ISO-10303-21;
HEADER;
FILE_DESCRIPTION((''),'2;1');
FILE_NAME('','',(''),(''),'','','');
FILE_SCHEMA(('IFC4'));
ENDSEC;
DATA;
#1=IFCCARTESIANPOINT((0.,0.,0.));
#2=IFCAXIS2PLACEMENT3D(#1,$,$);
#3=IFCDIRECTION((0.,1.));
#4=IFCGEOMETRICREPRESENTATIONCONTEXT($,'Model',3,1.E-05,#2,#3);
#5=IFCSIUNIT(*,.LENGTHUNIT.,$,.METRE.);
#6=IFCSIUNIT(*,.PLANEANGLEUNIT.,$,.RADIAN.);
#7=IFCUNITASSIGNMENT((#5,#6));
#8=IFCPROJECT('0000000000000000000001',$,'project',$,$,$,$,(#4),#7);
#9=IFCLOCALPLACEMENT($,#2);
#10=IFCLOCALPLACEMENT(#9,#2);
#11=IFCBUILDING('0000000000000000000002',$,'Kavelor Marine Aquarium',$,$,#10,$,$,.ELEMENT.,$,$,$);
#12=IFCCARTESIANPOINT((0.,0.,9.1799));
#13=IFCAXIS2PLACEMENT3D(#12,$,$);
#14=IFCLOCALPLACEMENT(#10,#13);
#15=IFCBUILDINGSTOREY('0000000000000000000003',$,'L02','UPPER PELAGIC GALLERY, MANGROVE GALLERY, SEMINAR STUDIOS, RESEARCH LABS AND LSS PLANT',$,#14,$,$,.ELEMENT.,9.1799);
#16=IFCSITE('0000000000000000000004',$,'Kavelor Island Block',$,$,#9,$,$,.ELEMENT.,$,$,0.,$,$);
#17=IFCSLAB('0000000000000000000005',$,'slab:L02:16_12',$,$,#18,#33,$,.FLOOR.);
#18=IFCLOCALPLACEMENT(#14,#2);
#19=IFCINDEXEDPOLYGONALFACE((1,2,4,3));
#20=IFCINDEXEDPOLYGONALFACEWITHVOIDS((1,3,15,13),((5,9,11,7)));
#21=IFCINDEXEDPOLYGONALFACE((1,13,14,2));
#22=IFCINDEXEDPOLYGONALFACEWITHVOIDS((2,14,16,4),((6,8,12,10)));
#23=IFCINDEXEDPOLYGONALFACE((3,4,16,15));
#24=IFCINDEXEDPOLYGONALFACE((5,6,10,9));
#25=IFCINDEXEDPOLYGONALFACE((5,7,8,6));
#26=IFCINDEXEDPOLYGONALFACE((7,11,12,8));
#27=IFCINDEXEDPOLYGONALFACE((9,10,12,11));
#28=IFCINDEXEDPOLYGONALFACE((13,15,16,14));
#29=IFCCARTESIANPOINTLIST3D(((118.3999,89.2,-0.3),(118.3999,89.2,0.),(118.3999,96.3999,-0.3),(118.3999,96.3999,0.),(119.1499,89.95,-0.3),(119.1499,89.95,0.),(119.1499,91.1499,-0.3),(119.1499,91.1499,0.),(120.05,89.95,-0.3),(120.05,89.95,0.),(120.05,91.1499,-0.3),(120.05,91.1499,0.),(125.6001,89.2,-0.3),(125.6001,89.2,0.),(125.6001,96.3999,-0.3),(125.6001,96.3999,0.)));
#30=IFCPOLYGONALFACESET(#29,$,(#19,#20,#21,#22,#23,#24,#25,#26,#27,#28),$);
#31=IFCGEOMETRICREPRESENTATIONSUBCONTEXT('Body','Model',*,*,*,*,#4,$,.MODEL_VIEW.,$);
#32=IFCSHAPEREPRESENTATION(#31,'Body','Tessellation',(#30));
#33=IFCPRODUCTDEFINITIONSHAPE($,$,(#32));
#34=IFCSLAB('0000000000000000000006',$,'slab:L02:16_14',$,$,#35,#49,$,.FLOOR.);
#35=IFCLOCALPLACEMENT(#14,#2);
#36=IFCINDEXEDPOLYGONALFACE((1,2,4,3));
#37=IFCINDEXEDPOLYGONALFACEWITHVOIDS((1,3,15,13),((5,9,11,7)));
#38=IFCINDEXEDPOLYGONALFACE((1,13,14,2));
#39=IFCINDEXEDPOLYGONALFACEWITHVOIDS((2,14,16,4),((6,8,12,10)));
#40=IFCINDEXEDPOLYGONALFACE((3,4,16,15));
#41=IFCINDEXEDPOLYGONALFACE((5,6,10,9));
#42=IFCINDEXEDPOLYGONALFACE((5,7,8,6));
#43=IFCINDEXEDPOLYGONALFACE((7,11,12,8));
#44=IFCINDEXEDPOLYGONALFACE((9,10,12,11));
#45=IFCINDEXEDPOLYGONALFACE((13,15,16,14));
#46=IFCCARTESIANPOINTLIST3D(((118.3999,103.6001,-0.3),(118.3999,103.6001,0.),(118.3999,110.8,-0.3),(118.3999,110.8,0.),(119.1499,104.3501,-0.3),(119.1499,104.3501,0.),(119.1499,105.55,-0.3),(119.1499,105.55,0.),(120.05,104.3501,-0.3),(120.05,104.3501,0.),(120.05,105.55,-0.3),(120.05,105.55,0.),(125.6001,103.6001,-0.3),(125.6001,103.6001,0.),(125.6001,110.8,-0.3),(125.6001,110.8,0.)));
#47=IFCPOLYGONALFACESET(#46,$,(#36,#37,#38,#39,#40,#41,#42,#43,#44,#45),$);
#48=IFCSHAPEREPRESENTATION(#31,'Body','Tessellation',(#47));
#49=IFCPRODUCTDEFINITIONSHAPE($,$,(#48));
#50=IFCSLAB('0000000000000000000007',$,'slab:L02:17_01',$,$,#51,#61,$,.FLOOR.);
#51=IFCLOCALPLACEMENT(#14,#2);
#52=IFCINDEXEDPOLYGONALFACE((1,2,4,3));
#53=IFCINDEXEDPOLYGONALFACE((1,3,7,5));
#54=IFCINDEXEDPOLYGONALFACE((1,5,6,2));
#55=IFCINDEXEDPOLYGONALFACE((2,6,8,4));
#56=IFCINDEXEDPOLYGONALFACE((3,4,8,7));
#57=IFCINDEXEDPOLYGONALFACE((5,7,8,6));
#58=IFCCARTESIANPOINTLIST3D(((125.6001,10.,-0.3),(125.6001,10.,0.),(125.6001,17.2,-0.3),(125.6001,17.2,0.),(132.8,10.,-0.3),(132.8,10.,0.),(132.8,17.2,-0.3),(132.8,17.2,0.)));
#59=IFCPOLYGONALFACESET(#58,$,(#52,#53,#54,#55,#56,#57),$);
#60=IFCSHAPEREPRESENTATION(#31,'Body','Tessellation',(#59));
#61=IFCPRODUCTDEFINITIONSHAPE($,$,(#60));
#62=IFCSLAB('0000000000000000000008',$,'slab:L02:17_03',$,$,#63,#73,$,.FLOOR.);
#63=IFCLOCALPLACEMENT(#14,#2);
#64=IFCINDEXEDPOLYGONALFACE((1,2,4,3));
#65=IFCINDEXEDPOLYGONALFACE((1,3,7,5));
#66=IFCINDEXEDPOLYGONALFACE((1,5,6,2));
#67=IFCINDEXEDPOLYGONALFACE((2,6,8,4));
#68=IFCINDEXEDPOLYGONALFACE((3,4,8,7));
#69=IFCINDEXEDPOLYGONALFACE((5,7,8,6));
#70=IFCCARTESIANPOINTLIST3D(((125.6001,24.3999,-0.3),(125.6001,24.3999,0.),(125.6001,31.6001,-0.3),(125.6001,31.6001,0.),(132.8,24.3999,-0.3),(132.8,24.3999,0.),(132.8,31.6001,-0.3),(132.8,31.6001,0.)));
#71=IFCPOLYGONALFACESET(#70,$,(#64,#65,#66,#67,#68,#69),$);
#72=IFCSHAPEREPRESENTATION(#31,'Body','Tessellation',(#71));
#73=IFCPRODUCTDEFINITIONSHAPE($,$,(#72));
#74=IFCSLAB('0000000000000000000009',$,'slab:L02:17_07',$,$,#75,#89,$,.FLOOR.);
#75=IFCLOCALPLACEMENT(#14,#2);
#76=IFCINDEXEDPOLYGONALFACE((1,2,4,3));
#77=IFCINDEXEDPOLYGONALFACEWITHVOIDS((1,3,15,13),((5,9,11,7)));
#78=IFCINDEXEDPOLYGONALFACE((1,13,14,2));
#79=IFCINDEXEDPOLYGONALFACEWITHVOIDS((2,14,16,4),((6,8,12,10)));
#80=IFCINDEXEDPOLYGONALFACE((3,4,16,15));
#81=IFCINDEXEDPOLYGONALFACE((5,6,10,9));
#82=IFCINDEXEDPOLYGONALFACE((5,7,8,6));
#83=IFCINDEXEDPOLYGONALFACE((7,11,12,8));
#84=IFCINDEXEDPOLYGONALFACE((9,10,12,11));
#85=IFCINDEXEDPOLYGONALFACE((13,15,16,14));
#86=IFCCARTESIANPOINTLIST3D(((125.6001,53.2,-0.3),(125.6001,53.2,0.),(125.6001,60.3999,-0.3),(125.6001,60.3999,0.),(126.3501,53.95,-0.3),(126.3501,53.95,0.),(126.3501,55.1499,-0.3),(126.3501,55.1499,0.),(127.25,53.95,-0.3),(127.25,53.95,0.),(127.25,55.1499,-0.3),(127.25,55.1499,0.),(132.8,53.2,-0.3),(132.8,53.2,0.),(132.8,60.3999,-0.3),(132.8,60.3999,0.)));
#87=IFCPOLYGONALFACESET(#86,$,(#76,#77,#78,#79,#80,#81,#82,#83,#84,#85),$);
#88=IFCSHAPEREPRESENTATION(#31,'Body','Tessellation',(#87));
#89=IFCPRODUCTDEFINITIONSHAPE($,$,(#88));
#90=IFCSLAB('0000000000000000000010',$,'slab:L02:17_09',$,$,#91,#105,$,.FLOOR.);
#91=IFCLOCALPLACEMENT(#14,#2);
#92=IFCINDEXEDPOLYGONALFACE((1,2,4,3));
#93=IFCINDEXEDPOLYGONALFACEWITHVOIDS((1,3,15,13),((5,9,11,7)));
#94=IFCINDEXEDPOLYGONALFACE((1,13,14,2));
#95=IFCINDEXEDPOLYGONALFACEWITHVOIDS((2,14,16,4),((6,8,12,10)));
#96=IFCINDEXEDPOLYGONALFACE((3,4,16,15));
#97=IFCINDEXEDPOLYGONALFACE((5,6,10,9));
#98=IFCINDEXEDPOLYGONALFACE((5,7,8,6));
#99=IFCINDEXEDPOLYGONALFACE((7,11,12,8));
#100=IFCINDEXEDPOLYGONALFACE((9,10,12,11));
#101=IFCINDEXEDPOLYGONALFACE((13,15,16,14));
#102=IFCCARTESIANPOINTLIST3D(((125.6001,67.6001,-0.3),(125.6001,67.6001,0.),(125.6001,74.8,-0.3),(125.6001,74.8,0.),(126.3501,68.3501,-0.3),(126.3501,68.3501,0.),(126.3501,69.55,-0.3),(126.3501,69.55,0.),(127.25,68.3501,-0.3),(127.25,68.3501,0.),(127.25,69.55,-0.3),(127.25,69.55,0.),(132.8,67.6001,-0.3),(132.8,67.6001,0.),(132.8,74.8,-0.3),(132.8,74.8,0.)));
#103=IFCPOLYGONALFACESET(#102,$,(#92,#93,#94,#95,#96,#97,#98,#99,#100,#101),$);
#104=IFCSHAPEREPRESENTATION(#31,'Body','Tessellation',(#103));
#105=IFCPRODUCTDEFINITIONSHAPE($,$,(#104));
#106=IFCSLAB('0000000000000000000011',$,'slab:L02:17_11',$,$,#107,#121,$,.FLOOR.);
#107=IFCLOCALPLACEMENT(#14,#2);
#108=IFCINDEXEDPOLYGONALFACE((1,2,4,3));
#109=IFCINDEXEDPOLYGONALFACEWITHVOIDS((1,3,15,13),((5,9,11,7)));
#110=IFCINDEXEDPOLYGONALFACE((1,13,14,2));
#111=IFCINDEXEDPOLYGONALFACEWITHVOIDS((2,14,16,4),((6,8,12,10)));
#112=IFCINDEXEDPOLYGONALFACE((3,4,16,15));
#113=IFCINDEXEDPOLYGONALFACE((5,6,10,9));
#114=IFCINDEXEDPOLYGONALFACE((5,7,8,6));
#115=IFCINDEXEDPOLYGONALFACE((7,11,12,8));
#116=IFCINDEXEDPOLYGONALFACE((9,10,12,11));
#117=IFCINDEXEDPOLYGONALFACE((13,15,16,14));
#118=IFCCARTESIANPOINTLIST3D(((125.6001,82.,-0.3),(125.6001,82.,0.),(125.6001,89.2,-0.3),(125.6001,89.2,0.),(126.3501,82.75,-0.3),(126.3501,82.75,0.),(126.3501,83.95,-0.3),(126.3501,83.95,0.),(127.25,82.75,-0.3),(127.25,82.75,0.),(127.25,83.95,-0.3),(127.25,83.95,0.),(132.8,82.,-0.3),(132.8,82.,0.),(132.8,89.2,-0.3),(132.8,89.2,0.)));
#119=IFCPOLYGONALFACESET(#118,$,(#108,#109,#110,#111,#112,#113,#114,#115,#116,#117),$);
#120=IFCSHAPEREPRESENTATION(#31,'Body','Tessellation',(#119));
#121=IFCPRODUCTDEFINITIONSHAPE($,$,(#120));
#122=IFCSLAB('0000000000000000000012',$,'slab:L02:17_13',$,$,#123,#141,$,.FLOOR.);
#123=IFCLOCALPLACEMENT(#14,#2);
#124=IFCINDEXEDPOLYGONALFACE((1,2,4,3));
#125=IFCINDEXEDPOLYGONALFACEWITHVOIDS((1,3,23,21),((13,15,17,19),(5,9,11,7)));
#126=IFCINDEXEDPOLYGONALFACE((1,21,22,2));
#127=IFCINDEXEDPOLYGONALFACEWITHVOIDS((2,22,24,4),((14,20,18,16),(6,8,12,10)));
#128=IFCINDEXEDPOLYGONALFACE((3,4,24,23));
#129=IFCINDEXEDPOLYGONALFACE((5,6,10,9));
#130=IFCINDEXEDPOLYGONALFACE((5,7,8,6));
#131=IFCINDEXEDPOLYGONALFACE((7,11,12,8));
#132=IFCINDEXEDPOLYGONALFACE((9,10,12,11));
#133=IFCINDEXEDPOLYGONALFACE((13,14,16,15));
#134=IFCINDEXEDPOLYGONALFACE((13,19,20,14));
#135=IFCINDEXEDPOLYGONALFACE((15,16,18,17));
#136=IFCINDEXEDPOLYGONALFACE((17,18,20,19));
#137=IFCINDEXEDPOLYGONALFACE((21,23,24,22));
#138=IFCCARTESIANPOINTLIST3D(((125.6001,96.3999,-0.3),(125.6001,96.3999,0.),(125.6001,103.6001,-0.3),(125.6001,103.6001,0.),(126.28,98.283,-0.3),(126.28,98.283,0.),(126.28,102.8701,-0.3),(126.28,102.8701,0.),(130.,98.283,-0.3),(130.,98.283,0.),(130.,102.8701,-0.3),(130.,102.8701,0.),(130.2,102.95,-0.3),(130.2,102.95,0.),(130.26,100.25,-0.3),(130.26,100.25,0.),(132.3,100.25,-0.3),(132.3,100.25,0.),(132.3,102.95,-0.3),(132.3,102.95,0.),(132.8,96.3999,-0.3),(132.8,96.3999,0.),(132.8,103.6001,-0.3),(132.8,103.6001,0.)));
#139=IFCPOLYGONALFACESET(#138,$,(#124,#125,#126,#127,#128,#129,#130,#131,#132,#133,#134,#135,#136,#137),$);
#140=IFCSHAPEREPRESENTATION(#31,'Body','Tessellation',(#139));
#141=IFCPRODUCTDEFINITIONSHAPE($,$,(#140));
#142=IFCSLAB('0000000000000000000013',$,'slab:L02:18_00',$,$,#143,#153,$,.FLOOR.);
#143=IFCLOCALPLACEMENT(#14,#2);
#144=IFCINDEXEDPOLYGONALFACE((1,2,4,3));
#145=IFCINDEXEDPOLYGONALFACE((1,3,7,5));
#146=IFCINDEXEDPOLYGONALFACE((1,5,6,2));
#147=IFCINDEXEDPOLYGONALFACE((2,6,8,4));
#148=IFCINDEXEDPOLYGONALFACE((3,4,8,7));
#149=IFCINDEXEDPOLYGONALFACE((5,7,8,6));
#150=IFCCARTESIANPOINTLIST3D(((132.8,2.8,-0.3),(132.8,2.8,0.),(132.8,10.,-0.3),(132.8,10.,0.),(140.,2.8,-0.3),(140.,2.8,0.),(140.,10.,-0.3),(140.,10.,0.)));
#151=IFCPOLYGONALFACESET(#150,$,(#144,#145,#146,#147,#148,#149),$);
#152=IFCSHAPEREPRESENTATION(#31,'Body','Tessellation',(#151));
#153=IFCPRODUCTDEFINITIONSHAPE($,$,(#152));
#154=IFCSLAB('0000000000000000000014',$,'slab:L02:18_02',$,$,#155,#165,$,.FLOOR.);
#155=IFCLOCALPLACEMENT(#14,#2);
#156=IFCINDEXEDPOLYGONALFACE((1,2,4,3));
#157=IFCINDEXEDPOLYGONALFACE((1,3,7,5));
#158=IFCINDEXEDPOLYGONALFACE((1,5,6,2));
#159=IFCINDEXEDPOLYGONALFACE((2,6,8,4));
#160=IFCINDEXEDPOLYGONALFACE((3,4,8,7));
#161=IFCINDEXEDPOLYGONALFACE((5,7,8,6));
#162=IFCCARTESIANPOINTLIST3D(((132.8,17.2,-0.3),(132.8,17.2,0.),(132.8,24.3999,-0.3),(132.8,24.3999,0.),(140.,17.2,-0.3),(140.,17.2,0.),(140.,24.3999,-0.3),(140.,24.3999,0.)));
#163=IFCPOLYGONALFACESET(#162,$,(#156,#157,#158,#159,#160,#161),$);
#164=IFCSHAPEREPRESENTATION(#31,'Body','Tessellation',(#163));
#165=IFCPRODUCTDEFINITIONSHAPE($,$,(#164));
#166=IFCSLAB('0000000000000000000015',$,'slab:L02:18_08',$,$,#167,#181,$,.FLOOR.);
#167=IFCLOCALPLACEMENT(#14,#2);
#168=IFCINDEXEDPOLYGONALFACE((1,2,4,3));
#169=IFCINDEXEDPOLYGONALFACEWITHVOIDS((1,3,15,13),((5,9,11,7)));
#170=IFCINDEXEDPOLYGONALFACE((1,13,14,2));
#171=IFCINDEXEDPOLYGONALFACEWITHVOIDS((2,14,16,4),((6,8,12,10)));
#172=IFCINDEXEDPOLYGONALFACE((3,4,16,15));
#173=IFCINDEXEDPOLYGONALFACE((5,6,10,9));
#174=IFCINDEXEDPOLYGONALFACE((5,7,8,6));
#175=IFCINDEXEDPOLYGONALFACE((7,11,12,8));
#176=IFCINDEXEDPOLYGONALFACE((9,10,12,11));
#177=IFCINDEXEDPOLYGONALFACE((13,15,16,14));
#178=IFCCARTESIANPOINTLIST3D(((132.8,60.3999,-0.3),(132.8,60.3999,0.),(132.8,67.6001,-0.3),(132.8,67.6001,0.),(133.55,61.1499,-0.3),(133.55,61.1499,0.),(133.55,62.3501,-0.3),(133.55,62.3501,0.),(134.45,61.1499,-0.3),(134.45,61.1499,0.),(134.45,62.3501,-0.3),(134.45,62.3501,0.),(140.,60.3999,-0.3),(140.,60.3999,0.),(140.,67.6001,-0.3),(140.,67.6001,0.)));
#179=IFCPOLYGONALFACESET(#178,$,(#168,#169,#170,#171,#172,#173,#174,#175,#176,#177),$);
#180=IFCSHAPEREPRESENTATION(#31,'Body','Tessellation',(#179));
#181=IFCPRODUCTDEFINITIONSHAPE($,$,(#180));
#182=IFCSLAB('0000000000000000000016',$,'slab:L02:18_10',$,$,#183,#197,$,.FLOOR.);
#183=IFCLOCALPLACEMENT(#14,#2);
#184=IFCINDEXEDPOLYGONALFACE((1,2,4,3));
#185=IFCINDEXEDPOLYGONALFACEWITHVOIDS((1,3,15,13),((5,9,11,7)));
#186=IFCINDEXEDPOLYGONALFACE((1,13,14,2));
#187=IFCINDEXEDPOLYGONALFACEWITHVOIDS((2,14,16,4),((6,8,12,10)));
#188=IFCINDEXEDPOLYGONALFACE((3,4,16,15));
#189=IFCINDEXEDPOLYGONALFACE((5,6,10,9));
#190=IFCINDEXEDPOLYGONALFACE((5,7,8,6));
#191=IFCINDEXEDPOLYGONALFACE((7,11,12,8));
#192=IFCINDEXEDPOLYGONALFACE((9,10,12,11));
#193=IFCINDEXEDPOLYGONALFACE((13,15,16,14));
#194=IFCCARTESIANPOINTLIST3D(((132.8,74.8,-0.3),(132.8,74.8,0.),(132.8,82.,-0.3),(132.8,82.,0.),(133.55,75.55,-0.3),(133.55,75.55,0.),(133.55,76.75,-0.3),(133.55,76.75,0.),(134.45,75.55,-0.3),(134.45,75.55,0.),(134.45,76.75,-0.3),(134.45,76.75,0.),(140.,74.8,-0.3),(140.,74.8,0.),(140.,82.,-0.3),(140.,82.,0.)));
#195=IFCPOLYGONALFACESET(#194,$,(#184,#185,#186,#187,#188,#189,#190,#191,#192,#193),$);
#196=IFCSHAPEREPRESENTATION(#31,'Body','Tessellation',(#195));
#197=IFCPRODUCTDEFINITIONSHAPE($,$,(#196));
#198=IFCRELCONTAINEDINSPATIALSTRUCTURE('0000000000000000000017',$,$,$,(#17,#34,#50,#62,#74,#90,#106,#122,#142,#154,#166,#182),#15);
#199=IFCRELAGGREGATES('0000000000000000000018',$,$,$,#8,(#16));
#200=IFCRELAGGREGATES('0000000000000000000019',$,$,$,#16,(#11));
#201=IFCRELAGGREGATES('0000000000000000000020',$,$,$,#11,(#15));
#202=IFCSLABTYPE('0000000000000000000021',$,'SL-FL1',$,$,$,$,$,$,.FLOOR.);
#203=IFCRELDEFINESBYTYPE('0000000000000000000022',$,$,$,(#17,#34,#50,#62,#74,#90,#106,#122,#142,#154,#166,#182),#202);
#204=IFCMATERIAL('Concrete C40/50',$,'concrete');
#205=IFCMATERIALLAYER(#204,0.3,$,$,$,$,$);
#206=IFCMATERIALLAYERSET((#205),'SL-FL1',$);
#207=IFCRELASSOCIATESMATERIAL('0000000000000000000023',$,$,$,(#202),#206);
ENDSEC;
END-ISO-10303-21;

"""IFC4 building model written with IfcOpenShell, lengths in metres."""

from ifc_helpers import new_model, si_unit, direction, frame, origin, place, context, subcontext, project, spatial, polyline, outline, extrude, material, layer, layer_set, type_object, element, save


model = new_model("IFC4")

# Units and contexts
model_context = context("Model", 3, precision=1e-05, world=origin(), true_north=direction((0.0, 1.0)))
body_context = subcontext(model_context, "Body", "Model", "MODEL_VIEW")
ifc_project = project(units=[si_unit("LENGTHUNIT", "METRE"), si_unit("PLANEANGLEUNIT", "RADIAN")], contexts=[model_context])

# Site, building, storey
site_placement = place(None, origin())
site = spatial("IfcSite", under=ifc_project, at=site_placement, Name="Kavelor Island Block", CompositionType="ELEMENT", RefElevation=0.0)
building_placement = place(site_placement, origin())
building = spatial("IfcBuilding", under=site, at=building_placement, Name="Kavelor Marine Aquarium", CompositionType="ELEMENT")
storey_placement = place(building_placement, frame((0.0, 0.0, 9.1799)))
storey = spatial("IfcBuildingStorey", under=building, at=storey_placement, Name="L02", Description="UPPER PELAGIC GALLERY, MANGROVE GALLERY, SEMINAR STUDIOS, RESEARCH LABS AND LSS PLANT", CompositionType="ELEMENT", Elevation=9.1799)

# Slabs
ifc_material = material(Name="Concrete C40/50", Category="concrete")
ifc_layer = layer(ifc_material, 0.3)
ifc_layer_set = layer_set([ifc_layer], Name="SL-FL1")
slab_type = type_object("IfcSlabType", Name="SL-FL1", PredefinedType="FLOOR", material=ifc_layer_set)
slab_1_placement = place(storey_placement, frame((0.0, 0.0, -0.3)))
element("IfcSlab", 1, at=slab_1_placement, inside=storey, type_object=slab_type, Name="slab:L02:16_12", PredefinedType="FLOOR", context=body_context, shape_type="SweptSolid", body=[
    extrude(outline(polyline([(118.3999, 89.2), (125.6001, 89.2), (125.6001, 96.3999), (118.3999, 96.3999), (118.3999, 89.2)]), holes=[polyline([(119.1499, 89.95), (120.05, 89.95), (120.05, 91.1499), (119.1499, 91.1499), (119.1499, 89.95)])]), origin(), (0.0, 0.0, 1.0), 0.3),
])
slab_2_placement = place(storey_placement, frame((0.0, 0.0, -0.3)))
element("IfcSlab", 2, at=slab_2_placement, inside=storey, type_object=slab_type, Name="slab:L02:16_14", PredefinedType="FLOOR", context=body_context, shape_type="SweptSolid", body=[
    extrude(outline(polyline([(118.3999, 103.6001), (125.6001, 103.6001), (125.6001, 110.8), (118.3999, 110.8), (118.3999, 103.6001)]), holes=[polyline([(119.1499, 104.3501), (120.05, 104.3501), (120.05, 105.55), (119.1499, 105.55), (119.1499, 104.3501)])]), origin(), (0.0, 0.0, 1.0), 0.3),
])
slab_3_placement = place(storey_placement, frame((0.0, 0.0, -0.3)))
element("IfcSlab", 3, at=slab_3_placement, inside=storey, type_object=slab_type, Name="slab:L02:17_01", PredefinedType="FLOOR", context=body_context, shape_type="SweptSolid", body=[
    extrude(outline(polyline([(125.6001, 10.0), (132.8, 10.0), (132.8, 17.2), (125.6001, 17.2), (125.6001, 10.0)])), origin(), (0.0, 0.0, 1.0), 0.3),
])
slab_4_placement = place(storey_placement, frame((0.0, 0.0, -0.3)))
element("IfcSlab", 4, at=slab_4_placement, inside=storey, type_object=slab_type, Name="slab:L02:17_03", PredefinedType="FLOOR", context=body_context, shape_type="SweptSolid", body=[
    extrude(outline(polyline([(125.6001, 24.3999), (132.8, 24.3999), (132.8, 31.6001), (125.6001, 31.6001), (125.6001, 24.3999)])), origin(), (0.0, 0.0, 1.0), 0.3),
])
slab_5_placement = place(storey_placement, frame((0.0, 0.0, -0.3)))
element("IfcSlab", 5, at=slab_5_placement, inside=storey, type_object=slab_type, Name="slab:L02:17_07", PredefinedType="FLOOR", context=body_context, shape_type="SweptSolid", body=[
    extrude(outline(polyline([(125.6001, 53.2), (132.8, 53.2), (132.8, 60.3999), (125.6001, 60.3999), (125.6001, 53.2)]), holes=[polyline([(126.3501, 53.95), (127.25, 53.95), (127.25, 55.1499), (126.3501, 55.1499), (126.3501, 53.95)])]), origin(), (0.0, 0.0, 1.0), 0.3),
])
slab_6_placement = place(storey_placement, frame((0.0, 0.0, -0.3)))
element("IfcSlab", 6, at=slab_6_placement, inside=storey, type_object=slab_type, Name="slab:L02:17_09", PredefinedType="FLOOR", context=body_context, shape_type="SweptSolid", body=[
    extrude(outline(polyline([(125.6001, 67.6001), (132.8, 67.6001), (132.8, 74.8), (125.6001, 74.8), (125.6001, 67.6001)]), holes=[polyline([(126.3501, 68.3501), (127.25, 68.3501), (127.25, 69.55), (126.3501, 69.55), (126.3501, 68.3501)])]), origin(), (0.0, 0.0, 1.0), 0.3),
])
slab_7_placement = place(storey_placement, frame((0.0, 0.0, -0.3)))
element("IfcSlab", 7, at=slab_7_placement, inside=storey, type_object=slab_type, Name="slab:L02:17_11", PredefinedType="FLOOR", context=body_context, shape_type="SweptSolid", body=[
    extrude(outline(polyline([(125.6001, 82.0), (132.8, 82.0), (132.8, 89.2), (125.6001, 89.2), (125.6001, 82.0)]), holes=[polyline([(126.3501, 82.75), (127.25, 82.75), (127.25, 83.95), (126.3501, 83.95), (126.3501, 82.75)])]), origin(), (0.0, 0.0, 1.0), 0.3),
])
slab_8_placement = place(storey_placement, frame((0.0, 0.0, -0.3)))
element("IfcSlab", 8, at=slab_8_placement, inside=storey, type_object=slab_type, Name="slab:L02:17_13", PredefinedType="FLOOR", context=body_context, shape_type="SweptSolid", body=[
    extrude(outline(polyline([(125.6001, 96.3999), (132.8, 96.3999), (132.8, 103.6001), (125.6001, 103.6001), (125.6001, 96.3999)]), holes=[polyline([(126.28, 98.283), (130.0, 98.283), (130.0, 102.8701), (126.28, 102.8701), (126.28, 98.283)]), polyline([(130.26, 100.25), (132.3, 100.25), (132.3, 102.95), (130.2, 102.95), (130.26, 100.25)])]), origin(), (0.0, 0.0, 1.0), 0.3),
])
slab_9_placement = place(storey_placement, frame((0.0, 0.0, -0.3)))
element("IfcSlab", 9, at=slab_9_placement, inside=storey, type_object=slab_type, Name="slab:L02:18_00", PredefinedType="FLOOR", context=body_context, shape_type="SweptSolid", body=[
    extrude(outline(polyline([(132.8, 2.8), (140.0, 2.8), (140.0, 10.0), (132.8, 10.0), (132.8, 2.8)])), origin(), (0.0, 0.0, 1.0), 0.3),
])
slab_10_placement = place(storey_placement, frame((0.0, 0.0, -0.3)))
element("IfcSlab", 10, at=slab_10_placement, inside=storey, type_object=slab_type, Name="slab:L02:18_02", PredefinedType="FLOOR", context=body_context, shape_type="SweptSolid", body=[
    extrude(outline(polyline([(132.8, 17.2), (140.0, 17.2), (140.0, 24.3999), (132.8, 24.3999), (132.8, 17.2)])), origin(), (0.0, 0.0, 1.0), 0.3),
])
slab_11_placement = place(storey_placement, frame((0.0, 0.0, -0.3)))
element("IfcSlab", 11, at=slab_11_placement, inside=storey, type_object=slab_type, Name="slab:L02:18_08", PredefinedType="FLOOR", context=body_context, shape_type="SweptSolid", body=[
    extrude(outline(polyline([(132.8, 60.3999), (140.0, 60.3999), (140.0, 67.6001), (132.8, 67.6001), (132.8, 60.3999)]), holes=[polyline([(133.55, 61.1499), (134.45, 61.1499), (134.45, 62.3501), (133.55, 62.3501), (133.55, 61.1499)])]), origin(), (0.0, 0.0, 1.0), 0.3),
])
slab_12_placement = place(storey_placement, frame((0.0, 0.0, -0.3)))
element("IfcSlab", 12, at=slab_12_placement, inside=storey, type_object=slab_type, Name="slab:L02:18_10", PredefinedType="FLOOR", context=body_context, shape_type="SweptSolid", body=[
    extrude(outline(polyline([(132.8, 74.8), (140.0, 74.8), (140.0, 82.0), (132.8, 82.0), (132.8, 74.8)]), holes=[polyline([(133.55, 75.55), (134.45, 75.55), (134.45, 76.75), (133.55, 76.75), (133.55, 75.55)])]), origin(), (0.0, 0.0, 1.0), 0.3),
])

save(model, "model.ifc")
